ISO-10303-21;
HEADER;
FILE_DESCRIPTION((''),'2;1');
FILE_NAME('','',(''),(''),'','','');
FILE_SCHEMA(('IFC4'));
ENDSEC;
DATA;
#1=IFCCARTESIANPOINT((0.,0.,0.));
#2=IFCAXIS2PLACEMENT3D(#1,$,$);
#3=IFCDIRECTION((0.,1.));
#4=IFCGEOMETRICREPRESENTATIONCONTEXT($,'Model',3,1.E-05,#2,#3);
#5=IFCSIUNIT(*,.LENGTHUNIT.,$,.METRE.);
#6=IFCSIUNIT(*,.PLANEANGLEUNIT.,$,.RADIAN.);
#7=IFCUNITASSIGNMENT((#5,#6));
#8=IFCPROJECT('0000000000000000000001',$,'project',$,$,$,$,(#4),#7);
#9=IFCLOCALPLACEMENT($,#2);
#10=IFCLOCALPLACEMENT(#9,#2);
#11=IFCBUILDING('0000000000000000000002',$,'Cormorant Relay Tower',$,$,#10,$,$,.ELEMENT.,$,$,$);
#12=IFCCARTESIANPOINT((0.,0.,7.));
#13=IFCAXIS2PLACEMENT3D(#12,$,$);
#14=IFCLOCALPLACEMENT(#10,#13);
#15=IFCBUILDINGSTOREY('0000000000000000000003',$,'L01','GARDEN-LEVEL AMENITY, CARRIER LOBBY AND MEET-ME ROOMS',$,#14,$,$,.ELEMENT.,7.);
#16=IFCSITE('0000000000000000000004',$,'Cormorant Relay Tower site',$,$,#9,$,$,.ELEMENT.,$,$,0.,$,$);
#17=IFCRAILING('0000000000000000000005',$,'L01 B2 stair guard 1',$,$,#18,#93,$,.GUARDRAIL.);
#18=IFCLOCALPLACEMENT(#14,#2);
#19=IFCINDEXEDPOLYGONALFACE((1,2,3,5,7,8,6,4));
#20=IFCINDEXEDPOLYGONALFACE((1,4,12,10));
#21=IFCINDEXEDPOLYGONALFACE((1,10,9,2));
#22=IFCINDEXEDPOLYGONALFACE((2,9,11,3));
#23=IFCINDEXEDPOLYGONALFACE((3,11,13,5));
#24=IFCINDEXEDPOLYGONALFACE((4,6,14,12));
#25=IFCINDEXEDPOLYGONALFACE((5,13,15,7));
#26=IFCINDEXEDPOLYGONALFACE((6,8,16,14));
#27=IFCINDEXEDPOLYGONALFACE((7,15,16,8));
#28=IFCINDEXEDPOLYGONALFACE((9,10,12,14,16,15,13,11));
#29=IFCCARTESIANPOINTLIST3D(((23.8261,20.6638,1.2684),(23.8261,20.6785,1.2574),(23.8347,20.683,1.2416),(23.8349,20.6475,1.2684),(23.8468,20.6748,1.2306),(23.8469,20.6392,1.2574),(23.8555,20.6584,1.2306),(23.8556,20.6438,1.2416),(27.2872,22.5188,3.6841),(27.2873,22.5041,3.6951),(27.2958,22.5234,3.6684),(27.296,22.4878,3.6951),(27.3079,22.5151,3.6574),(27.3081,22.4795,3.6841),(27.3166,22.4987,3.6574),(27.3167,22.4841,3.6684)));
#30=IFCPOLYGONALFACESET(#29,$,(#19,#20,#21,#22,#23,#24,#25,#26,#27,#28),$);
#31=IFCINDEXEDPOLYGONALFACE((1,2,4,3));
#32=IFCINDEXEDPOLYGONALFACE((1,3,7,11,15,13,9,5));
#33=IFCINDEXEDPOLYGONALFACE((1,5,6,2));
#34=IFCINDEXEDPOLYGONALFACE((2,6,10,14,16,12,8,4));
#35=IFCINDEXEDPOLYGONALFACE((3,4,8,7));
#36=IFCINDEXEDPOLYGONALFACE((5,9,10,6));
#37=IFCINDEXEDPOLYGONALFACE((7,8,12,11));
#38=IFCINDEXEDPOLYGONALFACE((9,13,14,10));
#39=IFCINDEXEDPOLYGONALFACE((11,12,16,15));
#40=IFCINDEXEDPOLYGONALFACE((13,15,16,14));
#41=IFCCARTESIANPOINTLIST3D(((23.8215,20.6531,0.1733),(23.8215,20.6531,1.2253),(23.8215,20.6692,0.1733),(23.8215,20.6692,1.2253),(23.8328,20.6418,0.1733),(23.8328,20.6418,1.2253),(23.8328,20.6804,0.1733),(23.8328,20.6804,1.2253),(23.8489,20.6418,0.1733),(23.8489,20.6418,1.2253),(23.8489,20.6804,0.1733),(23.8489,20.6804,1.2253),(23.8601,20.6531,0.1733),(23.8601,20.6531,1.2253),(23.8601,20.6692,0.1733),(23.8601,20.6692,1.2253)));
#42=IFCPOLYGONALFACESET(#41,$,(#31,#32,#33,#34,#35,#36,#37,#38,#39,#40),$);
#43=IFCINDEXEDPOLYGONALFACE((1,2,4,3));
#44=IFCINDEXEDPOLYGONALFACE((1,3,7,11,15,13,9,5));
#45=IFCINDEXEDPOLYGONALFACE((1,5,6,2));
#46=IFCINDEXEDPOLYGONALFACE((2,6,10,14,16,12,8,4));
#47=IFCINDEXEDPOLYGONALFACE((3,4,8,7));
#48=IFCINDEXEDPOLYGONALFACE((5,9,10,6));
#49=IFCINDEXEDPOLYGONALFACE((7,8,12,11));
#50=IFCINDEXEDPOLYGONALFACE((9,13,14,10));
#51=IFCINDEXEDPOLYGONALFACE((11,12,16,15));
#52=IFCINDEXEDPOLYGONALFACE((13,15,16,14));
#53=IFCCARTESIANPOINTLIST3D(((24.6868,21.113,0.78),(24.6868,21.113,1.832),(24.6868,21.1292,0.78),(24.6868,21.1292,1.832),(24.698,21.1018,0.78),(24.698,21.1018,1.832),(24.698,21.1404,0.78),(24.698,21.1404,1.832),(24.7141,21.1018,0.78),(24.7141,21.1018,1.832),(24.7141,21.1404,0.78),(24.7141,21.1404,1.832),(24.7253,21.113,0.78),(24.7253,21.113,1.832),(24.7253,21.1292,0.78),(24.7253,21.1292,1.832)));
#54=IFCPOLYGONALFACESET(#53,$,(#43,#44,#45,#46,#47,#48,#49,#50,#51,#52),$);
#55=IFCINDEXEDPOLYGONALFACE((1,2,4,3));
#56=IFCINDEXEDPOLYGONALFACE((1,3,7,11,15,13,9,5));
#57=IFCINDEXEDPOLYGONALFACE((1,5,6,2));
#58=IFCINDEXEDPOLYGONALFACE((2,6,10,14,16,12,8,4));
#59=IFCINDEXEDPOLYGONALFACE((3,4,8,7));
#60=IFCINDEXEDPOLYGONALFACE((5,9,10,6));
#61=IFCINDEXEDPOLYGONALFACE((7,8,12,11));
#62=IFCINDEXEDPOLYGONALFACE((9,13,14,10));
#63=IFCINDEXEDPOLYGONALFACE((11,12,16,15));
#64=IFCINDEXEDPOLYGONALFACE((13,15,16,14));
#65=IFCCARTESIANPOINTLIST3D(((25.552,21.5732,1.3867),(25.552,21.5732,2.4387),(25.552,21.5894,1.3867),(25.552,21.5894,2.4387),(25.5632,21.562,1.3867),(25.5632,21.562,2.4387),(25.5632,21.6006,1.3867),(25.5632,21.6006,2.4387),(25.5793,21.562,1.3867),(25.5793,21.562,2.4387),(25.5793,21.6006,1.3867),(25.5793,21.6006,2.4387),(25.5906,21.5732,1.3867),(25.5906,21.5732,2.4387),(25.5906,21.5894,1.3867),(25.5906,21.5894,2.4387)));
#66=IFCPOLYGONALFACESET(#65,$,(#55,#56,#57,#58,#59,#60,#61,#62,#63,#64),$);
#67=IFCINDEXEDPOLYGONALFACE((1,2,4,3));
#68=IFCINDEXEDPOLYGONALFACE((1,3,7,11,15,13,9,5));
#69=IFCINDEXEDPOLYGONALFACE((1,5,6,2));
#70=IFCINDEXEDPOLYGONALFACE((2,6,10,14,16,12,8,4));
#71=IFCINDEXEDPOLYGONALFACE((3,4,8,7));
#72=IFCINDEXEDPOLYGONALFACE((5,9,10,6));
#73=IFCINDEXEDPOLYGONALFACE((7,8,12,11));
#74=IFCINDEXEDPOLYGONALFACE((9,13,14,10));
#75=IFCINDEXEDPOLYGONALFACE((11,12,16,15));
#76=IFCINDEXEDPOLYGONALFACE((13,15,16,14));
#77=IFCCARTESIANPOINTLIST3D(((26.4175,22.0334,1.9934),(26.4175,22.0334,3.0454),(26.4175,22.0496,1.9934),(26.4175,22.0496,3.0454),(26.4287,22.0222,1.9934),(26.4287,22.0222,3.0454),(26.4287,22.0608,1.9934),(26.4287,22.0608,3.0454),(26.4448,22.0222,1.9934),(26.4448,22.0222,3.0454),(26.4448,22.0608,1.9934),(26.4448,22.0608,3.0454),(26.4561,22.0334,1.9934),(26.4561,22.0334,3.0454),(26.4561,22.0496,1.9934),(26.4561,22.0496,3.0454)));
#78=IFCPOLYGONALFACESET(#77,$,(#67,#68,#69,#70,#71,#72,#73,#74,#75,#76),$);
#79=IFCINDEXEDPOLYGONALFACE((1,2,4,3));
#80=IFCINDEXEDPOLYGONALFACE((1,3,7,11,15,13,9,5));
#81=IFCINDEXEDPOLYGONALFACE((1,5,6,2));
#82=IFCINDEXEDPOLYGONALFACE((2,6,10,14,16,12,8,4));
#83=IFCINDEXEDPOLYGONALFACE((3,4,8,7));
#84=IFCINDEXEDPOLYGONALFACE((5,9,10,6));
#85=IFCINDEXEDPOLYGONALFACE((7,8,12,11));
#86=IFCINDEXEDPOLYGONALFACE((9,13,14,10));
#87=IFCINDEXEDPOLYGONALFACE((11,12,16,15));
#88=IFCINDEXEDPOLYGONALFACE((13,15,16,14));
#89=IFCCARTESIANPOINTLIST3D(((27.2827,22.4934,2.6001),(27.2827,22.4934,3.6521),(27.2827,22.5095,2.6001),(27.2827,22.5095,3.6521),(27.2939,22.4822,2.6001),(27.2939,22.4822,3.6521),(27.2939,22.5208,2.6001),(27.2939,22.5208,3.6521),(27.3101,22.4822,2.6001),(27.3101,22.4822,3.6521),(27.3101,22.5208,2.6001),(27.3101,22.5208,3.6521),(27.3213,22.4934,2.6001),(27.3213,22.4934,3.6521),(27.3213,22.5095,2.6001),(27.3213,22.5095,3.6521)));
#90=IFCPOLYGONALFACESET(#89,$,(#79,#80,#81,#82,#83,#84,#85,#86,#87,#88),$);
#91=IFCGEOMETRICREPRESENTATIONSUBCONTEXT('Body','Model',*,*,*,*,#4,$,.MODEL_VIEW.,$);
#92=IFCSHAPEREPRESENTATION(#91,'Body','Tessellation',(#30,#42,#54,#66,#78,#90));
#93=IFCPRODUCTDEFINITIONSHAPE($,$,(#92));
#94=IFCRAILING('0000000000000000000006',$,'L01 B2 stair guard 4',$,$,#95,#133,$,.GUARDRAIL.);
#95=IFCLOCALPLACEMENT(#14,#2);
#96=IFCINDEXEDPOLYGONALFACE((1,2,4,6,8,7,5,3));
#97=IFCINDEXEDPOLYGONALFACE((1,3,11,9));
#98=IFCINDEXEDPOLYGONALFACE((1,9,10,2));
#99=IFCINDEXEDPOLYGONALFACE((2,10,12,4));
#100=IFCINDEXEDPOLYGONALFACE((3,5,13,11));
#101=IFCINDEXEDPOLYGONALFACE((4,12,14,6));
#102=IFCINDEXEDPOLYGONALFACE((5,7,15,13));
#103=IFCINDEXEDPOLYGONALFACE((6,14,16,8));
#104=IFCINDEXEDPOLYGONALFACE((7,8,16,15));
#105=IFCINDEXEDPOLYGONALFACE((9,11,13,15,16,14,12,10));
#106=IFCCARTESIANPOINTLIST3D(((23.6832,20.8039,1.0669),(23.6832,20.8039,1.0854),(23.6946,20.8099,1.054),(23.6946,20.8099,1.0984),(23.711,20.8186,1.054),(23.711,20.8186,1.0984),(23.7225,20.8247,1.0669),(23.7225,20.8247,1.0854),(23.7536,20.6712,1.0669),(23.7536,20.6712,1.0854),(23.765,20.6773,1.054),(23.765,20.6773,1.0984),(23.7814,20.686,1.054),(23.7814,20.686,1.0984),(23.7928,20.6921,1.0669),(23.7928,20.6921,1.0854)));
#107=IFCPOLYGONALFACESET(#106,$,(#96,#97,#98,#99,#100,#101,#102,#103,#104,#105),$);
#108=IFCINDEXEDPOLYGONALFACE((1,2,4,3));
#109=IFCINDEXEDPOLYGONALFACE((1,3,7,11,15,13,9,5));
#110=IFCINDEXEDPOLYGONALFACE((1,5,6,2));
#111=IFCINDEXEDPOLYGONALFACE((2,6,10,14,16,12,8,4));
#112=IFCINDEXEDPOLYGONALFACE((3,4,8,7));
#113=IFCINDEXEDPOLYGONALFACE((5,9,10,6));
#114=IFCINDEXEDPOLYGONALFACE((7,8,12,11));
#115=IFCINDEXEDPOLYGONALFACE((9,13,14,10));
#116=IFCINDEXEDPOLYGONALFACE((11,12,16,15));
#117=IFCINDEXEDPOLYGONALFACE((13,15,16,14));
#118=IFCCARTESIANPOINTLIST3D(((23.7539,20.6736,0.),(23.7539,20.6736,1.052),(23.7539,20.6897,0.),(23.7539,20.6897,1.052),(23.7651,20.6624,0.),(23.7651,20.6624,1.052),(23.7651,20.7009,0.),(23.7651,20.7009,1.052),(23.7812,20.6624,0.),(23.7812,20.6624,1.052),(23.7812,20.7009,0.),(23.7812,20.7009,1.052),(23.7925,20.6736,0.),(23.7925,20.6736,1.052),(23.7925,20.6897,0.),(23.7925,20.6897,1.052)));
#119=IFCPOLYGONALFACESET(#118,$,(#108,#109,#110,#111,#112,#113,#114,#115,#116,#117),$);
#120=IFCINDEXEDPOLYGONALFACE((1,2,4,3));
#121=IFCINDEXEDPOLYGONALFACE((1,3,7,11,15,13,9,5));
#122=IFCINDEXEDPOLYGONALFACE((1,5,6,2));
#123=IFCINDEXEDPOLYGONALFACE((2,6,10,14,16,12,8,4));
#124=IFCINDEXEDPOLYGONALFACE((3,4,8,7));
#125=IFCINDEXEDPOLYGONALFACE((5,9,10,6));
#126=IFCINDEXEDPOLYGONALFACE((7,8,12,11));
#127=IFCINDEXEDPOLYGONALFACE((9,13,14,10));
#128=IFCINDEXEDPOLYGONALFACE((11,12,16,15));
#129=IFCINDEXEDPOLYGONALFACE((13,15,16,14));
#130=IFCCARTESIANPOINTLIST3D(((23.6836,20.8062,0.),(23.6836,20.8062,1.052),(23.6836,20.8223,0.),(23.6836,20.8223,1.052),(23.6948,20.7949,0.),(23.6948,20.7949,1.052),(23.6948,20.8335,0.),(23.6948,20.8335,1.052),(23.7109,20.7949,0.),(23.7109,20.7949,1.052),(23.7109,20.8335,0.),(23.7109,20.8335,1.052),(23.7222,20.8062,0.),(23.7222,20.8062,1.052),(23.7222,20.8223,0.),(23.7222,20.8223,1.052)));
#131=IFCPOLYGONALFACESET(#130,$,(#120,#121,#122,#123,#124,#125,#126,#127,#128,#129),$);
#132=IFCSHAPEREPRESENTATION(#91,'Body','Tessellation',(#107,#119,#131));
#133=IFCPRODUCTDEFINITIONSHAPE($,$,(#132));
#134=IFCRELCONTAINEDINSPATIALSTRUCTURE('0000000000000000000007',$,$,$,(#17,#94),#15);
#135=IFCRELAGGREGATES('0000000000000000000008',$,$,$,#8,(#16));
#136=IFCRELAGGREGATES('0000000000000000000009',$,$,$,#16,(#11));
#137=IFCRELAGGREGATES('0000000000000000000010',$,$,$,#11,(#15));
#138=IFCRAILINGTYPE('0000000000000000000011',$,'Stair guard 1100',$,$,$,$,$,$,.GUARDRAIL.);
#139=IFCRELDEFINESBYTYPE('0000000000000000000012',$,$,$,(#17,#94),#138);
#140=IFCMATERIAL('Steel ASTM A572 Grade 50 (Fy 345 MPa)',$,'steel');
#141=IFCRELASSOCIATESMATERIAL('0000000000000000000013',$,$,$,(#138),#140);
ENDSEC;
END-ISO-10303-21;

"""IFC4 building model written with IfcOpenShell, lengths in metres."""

from ifc_helpers import new_model, si_unit, direction, frame, origin, place, context, subcontext, project, spatial, polyline, outline, extrude, material, type_object, element, save


model = new_model("IFC4")

# Units and contexts
model_context = context("Model", 3, precision=1e-05, world=origin(), true_north=direction((0.0, 1.0)))
body_context = subcontext(model_context, "Body", "Model", "MODEL_VIEW")
ifc_project = project(units=[si_unit("LENGTHUNIT", "METRE"), si_unit("PLANEANGLEUNIT", "RADIAN")], contexts=[model_context])

# Site, building, storey
site_placement = place(None, origin())
site = spatial("IfcSite", under=ifc_project, at=site_placement, Name="Cormorant Relay Tower site", CompositionType="ELEMENT", RefElevation=0.0)
building_placement = place(site_placement, origin())
building = spatial("IfcBuilding", under=site, at=building_placement, Name="Cormorant Relay Tower", CompositionType="ELEMENT")
storey_placement = place(building_placement, frame((0.0, 0.0, 7.0)))
storey = spatial("IfcBuildingStorey", under=building, at=storey_placement, Name="L01", Description="GARDEN-LEVEL AMENITY, CARRIER LOBBY AND MEET-ME ROOMS", CompositionType="ELEMENT", Elevation=7.0)

# Railings
ifc_material_1 = material(Name="Steel ASTM A572 Grade 50 (Fy 345 MPa)", Category="steel")
railing_type_1 = type_object("IfcRailingType", Name="Stair guard 1100", PredefinedType="GUARDRAIL", material=ifc_material_1)
railing_1_placement = place(storey_placement, frame((23.8408, 20.6611, 0.1733)))
element("IfcRailing", 1, at=railing_1_placement, inside=storey, type_object=railing_type_1, Name="L01 B2 stair guard 1", PredefinedType="GUARDRAIL", context=body_context, shape_type="SweptSolid", body=[
    extrude(outline(polyline([(0.0222, 0.0093), (0.0093, 0.0222), (-0.0093, 0.0222), (-0.0222, 0.0093), (-0.0222, -0.0093), (-0.0093, -0.0222), (0.0093, -0.0222), (0.0222, -0.0093), (0.0222, 0.0093)])), frame((0.0, 0.0, 1.0762), z_axis=(0.750734, 0.39917, 0.526366), x_axis=(-0.469469, 0.882949, 0.0)), (0.0, 0.0, 1.0), 4.6104),
    extrude(outline(polyline([(0.0193, 0.0081), (0.0081, 0.0193), (-0.0081, 0.0193), (-0.0193, 0.0081), (-0.0193, -0.0081), (-0.0081, -0.0193), (0.0081, -0.0193), (0.0193, -0.0081), (0.0193, 0.0081)])), origin(), (0.0, 0.0, 1.0), 1.052),
    extrude(outline(polyline([(0.0193, 0.0081), (0.0081, 0.0193), (-0.0081, 0.0193), (-0.0193, 0.0081), (-0.0193, -0.0081), (-0.0081, -0.0193), (0.0081, -0.0193), (0.0193, -0.0081), (0.0193, 0.0081)])), frame((0.8652, 0.46, 0.6067)), (0.0, 0.0, 1.0), 1.052),
    extrude(outline(polyline([(0.0193, 0.0081), (0.0081, 0.0193), (-0.0081, 0.0193), (-0.0193, 0.0081), (-0.0193, -0.0081), (-0.0081, -0.0193), (0.0081, -0.0193), (0.0193, -0.0081), (0.0193, 0.0081)])), frame((1.7305, 0.9202, 1.2134)), (0.0, 0.0, 1.0), 1.052),
    extrude(outline(polyline([(0.0193, 0.0081), (0.0081, 0.0193), (-0.0081, 0.0193), (-0.0193, 0.0081), (-0.0193, -0.0081), (-0.0081, -0.0193), (0.0081, -0.0193), (0.0193, -0.0081), (0.0193, 0.0081)])), frame((2.5959, 1.3804, 1.8201)), (0.0, 0.0, 1.0), 1.052),
    extrude(outline(polyline([(0.0193, 0.0081), (0.0081, 0.0193), (-0.0081, 0.0193), (-0.0193, 0.0081), (-0.0193, -0.0081), (-0.0081, -0.0193), (0.0081, -0.0193), (0.0193, -0.0081), (0.0193, 0.0081)])), frame((3.4612, 1.8403, 2.4268)), (0.0, 0.0, 1.0), 1.052),
])
railing_2_placement = place(storey_placement, frame((23.7732, 20.6816, 0.0)))
element("IfcRailing", 2, at=railing_2_placement, inside=storey, type_object=railing_type_1, Name="L01 B2 stair guard 4", PredefinedType="GUARDRAIL", context=body_context, shape_type="SweptSolid", body=[
    extrude(outline(polyline([(0.0222, 0.0093), (0.0093, 0.0222), (-0.0093, 0.0222), (-0.0222, 0.0093), (-0.0222, -0.0093), (-0.0093, -0.0222), (0.0093, -0.0222), (0.0222, -0.0093), (0.0222, 0.0093)])), frame((0.0, 0.0, 1.0762), z_axis=(-0.46856, 0.883431, 0.0), x_axis=(-0.883431, -0.46856, 0.0)), (0.0, 0.0, 1.0), 0.1501),
    extrude(outline(polyline([(0.0193, 0.0081), (0.0081, 0.0193), (-0.0081, 0.0193), (-0.0193, 0.0081), (-0.0193, -0.0081), (-0.0081, -0.0193), (0.0081, -0.0193), (0.0193, -0.0081), (0.0193, 0.0081)])), origin(), (0.0, 0.0, 1.0), 1.052),
    extrude(outline(polyline([(0.0193, 0.0081), (0.0081, 0.0193), (-0.0081, 0.0193), (-0.0193, 0.0081), (-0.0193, -0.0081), (-0.0081, -0.0193), (0.0081, -0.0193), (0.0193, -0.0081), (0.0193, 0.0081)])), frame((-0.0703, 0.1326, 0.0)), (0.0, 0.0, 1.0), 1.052),
])

save(model, "model.ifc")
